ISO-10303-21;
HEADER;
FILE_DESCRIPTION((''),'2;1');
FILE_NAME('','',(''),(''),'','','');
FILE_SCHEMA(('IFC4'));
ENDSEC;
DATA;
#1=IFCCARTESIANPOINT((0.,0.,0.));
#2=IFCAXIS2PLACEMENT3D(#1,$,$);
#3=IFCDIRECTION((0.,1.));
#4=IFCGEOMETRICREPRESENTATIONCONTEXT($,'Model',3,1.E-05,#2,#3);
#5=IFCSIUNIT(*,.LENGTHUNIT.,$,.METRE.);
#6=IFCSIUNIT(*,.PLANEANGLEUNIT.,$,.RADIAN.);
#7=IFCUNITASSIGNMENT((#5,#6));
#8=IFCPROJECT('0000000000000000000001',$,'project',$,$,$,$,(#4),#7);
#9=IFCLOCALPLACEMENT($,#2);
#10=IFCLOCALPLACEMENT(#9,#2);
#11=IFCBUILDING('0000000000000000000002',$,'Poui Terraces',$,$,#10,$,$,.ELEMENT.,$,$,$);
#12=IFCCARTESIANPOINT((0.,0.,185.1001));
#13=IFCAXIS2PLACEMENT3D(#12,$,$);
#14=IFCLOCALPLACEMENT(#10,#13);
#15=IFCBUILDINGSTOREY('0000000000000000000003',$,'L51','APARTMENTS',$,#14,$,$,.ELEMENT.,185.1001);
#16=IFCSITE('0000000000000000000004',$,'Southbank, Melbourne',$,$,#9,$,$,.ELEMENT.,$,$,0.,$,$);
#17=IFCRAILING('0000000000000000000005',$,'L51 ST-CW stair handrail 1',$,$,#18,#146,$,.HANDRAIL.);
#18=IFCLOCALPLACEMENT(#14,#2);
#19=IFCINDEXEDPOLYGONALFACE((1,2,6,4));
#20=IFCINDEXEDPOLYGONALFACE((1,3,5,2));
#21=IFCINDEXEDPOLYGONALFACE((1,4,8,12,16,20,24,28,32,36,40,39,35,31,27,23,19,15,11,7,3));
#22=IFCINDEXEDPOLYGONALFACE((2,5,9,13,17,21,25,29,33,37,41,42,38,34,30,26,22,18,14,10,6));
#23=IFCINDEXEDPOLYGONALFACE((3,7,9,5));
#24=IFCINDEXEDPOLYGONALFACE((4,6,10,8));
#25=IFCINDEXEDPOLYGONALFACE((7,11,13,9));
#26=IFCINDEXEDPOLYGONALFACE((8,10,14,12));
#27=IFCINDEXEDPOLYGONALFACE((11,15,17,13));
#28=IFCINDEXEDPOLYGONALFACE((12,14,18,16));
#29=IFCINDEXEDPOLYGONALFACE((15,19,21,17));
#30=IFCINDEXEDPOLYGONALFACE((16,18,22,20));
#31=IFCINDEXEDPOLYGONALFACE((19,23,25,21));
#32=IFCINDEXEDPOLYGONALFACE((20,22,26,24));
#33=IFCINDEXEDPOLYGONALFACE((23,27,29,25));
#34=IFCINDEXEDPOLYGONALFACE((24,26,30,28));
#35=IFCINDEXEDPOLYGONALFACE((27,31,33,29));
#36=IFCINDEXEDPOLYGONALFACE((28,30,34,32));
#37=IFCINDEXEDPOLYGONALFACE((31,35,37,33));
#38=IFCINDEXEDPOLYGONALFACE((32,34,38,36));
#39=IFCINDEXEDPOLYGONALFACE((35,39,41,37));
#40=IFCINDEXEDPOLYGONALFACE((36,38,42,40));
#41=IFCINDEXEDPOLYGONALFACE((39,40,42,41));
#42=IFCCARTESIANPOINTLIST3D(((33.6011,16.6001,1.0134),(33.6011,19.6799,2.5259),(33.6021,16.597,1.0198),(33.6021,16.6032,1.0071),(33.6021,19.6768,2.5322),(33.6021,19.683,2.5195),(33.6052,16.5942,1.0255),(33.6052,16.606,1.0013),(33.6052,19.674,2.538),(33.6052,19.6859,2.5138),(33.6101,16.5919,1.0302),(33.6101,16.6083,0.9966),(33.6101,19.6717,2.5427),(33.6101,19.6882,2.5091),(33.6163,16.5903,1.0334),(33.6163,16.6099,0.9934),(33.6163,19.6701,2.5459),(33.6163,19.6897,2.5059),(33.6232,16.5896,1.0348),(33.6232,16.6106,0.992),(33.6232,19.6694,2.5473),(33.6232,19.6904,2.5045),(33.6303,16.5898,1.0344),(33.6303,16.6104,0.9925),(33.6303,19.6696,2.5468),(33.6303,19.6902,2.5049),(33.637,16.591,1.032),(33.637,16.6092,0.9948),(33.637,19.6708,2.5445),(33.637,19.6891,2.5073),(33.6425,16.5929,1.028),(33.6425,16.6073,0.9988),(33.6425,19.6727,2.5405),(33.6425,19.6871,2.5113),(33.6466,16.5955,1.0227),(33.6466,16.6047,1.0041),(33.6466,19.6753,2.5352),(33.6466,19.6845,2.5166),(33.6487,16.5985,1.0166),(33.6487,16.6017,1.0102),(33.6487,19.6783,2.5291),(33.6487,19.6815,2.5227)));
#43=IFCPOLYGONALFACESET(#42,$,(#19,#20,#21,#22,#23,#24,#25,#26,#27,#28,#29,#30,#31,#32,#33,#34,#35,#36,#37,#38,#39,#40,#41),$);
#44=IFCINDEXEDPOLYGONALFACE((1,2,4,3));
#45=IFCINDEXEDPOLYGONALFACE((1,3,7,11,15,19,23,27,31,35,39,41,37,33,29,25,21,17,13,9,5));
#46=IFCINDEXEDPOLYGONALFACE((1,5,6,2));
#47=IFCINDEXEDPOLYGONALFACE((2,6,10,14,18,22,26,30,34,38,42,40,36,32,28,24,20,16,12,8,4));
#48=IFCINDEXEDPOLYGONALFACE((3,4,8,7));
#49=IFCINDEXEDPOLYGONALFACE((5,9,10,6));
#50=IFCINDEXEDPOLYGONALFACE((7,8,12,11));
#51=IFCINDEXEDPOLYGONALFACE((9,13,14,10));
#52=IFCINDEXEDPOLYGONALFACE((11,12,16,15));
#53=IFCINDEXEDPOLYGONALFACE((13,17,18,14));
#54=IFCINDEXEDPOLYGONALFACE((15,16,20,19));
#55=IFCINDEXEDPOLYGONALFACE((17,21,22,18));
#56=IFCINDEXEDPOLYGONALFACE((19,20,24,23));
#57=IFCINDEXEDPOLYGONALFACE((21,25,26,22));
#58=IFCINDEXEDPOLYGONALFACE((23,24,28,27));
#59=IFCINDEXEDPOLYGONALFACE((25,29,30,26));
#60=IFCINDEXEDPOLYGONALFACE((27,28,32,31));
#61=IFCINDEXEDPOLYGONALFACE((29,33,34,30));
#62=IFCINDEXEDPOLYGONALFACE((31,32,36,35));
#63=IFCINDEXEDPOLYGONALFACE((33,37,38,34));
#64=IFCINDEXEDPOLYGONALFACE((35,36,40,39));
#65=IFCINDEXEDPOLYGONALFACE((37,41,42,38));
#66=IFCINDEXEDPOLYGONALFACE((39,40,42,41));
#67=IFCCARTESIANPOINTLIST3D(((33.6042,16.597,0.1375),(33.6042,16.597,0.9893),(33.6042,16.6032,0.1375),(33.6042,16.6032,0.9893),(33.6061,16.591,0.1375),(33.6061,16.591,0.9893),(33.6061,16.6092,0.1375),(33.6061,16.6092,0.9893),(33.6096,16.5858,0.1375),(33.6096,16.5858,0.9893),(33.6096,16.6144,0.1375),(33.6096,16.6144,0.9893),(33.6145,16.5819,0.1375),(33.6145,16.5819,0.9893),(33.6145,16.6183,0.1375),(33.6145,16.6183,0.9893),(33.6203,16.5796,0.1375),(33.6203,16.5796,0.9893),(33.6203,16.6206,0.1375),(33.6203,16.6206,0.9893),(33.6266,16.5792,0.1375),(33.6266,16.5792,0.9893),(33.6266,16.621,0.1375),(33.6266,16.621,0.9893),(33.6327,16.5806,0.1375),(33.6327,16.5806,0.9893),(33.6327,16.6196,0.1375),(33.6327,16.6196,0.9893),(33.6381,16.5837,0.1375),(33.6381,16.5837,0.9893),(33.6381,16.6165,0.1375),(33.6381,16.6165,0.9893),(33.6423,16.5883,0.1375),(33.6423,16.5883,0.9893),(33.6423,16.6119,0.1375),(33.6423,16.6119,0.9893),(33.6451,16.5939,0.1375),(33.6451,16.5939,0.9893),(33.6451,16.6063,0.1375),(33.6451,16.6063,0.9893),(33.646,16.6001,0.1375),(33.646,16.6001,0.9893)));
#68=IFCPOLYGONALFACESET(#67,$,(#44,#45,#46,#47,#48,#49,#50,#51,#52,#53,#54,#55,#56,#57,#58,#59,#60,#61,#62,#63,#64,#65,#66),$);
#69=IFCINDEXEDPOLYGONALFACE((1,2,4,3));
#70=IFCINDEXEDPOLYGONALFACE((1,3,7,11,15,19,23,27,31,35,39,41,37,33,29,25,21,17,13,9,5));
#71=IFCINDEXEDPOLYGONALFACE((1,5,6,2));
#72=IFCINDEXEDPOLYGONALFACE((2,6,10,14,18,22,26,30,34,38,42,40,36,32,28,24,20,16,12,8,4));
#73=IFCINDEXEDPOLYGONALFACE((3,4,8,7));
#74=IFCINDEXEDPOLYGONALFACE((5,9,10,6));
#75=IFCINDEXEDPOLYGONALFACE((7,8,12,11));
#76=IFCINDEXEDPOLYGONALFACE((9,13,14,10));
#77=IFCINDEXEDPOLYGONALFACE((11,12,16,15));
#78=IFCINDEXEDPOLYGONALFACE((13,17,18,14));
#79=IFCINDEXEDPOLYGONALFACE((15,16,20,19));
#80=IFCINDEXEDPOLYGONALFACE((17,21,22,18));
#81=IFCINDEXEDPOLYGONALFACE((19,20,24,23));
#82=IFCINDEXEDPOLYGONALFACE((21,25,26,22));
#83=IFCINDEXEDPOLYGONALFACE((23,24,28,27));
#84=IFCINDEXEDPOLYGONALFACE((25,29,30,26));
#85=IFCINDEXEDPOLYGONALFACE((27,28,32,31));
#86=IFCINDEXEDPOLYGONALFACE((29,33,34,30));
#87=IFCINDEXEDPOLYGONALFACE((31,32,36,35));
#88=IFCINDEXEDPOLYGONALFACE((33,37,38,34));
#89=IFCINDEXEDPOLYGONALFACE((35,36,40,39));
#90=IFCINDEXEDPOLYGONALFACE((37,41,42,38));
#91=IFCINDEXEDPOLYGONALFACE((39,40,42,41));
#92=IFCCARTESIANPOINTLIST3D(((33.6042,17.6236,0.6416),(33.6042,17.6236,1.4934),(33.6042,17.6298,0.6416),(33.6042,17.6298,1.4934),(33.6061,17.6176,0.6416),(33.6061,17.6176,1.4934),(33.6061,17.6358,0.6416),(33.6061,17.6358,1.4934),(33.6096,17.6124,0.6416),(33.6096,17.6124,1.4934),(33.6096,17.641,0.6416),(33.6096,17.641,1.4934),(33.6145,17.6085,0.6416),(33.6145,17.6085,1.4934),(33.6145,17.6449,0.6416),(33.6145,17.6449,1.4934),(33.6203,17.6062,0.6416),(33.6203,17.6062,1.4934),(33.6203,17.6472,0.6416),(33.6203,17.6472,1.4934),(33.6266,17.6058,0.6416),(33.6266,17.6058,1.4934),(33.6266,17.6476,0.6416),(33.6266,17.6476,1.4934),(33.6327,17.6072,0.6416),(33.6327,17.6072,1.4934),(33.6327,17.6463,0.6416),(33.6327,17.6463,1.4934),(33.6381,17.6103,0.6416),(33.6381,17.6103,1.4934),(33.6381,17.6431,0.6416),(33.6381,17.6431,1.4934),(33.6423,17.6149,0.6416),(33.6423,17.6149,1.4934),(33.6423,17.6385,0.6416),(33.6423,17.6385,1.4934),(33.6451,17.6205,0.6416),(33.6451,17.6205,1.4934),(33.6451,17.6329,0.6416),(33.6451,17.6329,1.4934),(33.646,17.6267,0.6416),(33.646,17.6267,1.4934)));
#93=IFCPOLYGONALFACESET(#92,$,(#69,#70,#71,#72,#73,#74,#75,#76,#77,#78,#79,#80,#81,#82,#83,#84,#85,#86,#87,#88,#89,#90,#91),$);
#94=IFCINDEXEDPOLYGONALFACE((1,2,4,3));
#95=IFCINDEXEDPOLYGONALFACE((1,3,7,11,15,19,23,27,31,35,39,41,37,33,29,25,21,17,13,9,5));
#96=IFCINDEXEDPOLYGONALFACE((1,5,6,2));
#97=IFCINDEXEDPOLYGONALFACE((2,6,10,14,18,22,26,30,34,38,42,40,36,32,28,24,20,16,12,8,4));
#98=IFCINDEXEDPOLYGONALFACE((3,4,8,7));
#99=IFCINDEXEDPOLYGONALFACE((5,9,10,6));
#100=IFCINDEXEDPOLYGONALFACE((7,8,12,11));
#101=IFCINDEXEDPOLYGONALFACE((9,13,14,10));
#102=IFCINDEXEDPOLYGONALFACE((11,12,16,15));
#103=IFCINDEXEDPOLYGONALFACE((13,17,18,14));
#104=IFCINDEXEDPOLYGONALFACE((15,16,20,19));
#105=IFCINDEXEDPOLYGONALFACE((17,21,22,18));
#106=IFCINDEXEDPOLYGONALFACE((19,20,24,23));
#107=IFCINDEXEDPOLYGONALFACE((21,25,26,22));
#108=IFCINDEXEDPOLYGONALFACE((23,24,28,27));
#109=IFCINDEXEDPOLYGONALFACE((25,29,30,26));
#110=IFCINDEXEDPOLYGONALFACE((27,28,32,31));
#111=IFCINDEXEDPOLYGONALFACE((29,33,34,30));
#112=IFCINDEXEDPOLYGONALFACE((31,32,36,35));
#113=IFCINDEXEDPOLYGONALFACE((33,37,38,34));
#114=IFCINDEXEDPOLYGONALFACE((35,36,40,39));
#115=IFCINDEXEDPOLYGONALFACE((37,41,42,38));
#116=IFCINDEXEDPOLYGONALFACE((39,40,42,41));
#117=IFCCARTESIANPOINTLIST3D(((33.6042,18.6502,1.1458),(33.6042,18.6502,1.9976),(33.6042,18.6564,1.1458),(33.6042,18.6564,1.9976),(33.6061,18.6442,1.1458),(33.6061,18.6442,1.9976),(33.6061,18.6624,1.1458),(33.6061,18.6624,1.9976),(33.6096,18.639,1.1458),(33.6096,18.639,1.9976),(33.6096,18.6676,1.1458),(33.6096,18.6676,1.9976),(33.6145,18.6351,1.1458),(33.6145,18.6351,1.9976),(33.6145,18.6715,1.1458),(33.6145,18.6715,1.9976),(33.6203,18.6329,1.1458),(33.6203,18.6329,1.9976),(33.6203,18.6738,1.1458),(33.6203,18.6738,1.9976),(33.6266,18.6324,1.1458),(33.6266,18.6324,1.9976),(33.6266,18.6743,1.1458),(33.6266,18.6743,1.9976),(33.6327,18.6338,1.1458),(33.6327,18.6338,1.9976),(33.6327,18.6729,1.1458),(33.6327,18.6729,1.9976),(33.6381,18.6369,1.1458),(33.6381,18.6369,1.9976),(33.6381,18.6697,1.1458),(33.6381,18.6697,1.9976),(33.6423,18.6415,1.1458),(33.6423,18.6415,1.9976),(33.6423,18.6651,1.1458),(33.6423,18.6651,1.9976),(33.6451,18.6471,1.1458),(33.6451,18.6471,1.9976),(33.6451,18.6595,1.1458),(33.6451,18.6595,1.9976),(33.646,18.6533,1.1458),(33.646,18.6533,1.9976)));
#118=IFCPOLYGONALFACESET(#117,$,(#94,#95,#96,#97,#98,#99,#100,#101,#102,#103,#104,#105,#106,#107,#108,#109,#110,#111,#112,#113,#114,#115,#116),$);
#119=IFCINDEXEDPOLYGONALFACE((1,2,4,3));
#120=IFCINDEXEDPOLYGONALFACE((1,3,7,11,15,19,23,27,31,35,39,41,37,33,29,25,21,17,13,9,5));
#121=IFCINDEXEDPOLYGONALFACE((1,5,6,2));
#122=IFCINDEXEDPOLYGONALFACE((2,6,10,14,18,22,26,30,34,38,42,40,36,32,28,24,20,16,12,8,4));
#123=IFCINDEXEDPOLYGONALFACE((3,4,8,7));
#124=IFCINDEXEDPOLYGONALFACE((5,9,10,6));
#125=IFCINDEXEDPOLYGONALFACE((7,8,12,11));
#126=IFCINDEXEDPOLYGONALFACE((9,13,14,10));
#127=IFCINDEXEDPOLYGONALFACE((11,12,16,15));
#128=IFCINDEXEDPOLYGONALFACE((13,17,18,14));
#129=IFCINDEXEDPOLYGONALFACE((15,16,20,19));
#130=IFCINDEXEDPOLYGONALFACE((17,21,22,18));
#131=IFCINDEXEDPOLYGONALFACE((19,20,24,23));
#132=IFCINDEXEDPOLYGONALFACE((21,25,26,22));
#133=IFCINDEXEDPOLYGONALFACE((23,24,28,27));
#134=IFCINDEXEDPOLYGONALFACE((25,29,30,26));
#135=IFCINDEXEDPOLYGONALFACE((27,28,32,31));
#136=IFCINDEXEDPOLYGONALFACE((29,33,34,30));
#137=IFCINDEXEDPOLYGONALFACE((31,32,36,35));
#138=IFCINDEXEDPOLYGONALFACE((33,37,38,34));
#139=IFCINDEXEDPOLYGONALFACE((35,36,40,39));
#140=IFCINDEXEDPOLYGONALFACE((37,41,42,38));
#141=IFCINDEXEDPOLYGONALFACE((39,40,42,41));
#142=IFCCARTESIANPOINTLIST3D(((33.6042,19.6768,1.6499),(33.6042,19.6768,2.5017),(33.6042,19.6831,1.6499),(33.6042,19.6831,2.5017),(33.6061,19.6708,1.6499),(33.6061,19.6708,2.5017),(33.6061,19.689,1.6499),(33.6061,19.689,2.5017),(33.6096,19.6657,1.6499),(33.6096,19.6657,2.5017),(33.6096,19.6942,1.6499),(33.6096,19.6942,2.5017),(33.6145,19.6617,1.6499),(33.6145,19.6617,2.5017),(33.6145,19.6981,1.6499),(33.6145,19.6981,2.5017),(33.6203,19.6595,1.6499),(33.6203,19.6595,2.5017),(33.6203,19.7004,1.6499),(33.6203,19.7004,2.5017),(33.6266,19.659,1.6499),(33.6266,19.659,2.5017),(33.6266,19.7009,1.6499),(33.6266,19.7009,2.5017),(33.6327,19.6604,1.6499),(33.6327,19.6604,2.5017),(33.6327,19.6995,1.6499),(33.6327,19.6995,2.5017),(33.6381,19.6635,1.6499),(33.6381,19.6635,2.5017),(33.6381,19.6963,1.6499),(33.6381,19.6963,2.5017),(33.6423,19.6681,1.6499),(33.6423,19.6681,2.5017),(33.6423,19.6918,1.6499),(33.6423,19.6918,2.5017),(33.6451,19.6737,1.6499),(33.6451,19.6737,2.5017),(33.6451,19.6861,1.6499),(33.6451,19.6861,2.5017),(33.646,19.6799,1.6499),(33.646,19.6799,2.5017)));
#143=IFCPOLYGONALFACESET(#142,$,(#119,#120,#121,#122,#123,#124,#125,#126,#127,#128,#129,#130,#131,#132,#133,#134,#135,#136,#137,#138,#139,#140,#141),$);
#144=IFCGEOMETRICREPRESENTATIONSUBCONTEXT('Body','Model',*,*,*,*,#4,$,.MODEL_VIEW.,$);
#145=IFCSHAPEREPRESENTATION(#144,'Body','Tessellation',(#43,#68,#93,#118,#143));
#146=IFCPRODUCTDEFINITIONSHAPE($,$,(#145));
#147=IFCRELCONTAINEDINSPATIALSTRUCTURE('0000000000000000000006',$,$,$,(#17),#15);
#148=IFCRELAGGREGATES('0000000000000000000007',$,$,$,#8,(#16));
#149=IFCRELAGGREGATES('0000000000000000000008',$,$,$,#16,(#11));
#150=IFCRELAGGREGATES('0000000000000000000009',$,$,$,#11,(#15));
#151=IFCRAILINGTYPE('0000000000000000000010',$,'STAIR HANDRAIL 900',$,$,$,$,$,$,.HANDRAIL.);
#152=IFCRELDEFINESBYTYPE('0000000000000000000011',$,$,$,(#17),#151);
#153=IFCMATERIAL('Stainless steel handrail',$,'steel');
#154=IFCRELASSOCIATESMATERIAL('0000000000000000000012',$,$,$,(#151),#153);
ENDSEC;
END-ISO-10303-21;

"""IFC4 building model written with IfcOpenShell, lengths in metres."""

from ifc_helpers import new_model, si_unit, direction, frame, origin, origin_2d, place, context, subcontext, project, spatial, circle, extrude, material, type_object, element, save


model = new_model("IFC4")

# Units and contexts
model_context = context("Model", 3, precision=1e-05, world=origin(), true_north=direction((0.0, 1.0)))
body_context = subcontext(model_context, "Body", "Model", "MODEL_VIEW")
ifc_project = project(units=[si_unit("LENGTHUNIT", "METRE"), si_unit("PLANEANGLEUNIT", "RADIAN")], contexts=[model_context])

# Site, building, storey
site_placement = place(None, origin())
site = spatial("IfcSite", under=ifc_project, at=site_placement, Name="Southbank, Melbourne", CompositionType="ELEMENT", RefElevation=0.0)
building_placement = place(site_placement, origin())
building = spatial("IfcBuilding", under=site, at=building_placement, Name="Poui Terraces", CompositionType="ELEMENT")
storey_placement = place(building_placement, frame((0.0, 0.0, 185.1001)))
storey = spatial("IfcBuildingStorey", under=building, at=storey_placement, Name="L51", Description="APARTMENTS", CompositionType="ELEMENT", Elevation=185.1001)

# Railing
ifc_material_1 = material(Name="Stainless steel handrail", Category="steel")
railing_type_1 = type_object("IfcRailingType", Name="STAIR HANDRAIL 900", PredefinedType="HANDRAIL", material=ifc_material_1)
railing_1_placement = place(storey_placement, frame((33.625, 16.6001, 0.1375)))
element("IfcRailing", 1, at=railing_1_placement, inside=storey, type_object=railing_type_1, Name="L51 ST-CW stair handrail 1", PredefinedType="HANDRAIL", context=body_context, shape_type="SweptSolid", body=[
    extrude(circle(Radius=0.0239, at=origin_2d()), frame((0.0, 0.0, 0.876), z_axis=(0.0, 0.897606, 0.440798), x_axis=(-1.0, 0.0, 0.0)), (0.0, 0.0, 1.0), 3.4312),
    extrude(circle(Radius=0.021, at=origin_2d()), origin(), (0.0, 0.0, 1.0), 0.8518),
    extrude(circle(Radius=0.021, at=origin_2d()), frame((0.0, 1.0266, 0.5042)), (0.0, 0.0, 1.0), 0.8518),
    extrude(circle(Radius=0.021, at=origin_2d()), frame((0.0, 2.0532, 1.0083)), (0.0, 0.0, 1.0), 0.8518),
    extrude(circle(Radius=0.021, at=origin_2d()), frame((0.0, 3.0798, 1.5125)), (0.0, 0.0, 1.0), 0.8518),
])

save(model, "model.ifc")
